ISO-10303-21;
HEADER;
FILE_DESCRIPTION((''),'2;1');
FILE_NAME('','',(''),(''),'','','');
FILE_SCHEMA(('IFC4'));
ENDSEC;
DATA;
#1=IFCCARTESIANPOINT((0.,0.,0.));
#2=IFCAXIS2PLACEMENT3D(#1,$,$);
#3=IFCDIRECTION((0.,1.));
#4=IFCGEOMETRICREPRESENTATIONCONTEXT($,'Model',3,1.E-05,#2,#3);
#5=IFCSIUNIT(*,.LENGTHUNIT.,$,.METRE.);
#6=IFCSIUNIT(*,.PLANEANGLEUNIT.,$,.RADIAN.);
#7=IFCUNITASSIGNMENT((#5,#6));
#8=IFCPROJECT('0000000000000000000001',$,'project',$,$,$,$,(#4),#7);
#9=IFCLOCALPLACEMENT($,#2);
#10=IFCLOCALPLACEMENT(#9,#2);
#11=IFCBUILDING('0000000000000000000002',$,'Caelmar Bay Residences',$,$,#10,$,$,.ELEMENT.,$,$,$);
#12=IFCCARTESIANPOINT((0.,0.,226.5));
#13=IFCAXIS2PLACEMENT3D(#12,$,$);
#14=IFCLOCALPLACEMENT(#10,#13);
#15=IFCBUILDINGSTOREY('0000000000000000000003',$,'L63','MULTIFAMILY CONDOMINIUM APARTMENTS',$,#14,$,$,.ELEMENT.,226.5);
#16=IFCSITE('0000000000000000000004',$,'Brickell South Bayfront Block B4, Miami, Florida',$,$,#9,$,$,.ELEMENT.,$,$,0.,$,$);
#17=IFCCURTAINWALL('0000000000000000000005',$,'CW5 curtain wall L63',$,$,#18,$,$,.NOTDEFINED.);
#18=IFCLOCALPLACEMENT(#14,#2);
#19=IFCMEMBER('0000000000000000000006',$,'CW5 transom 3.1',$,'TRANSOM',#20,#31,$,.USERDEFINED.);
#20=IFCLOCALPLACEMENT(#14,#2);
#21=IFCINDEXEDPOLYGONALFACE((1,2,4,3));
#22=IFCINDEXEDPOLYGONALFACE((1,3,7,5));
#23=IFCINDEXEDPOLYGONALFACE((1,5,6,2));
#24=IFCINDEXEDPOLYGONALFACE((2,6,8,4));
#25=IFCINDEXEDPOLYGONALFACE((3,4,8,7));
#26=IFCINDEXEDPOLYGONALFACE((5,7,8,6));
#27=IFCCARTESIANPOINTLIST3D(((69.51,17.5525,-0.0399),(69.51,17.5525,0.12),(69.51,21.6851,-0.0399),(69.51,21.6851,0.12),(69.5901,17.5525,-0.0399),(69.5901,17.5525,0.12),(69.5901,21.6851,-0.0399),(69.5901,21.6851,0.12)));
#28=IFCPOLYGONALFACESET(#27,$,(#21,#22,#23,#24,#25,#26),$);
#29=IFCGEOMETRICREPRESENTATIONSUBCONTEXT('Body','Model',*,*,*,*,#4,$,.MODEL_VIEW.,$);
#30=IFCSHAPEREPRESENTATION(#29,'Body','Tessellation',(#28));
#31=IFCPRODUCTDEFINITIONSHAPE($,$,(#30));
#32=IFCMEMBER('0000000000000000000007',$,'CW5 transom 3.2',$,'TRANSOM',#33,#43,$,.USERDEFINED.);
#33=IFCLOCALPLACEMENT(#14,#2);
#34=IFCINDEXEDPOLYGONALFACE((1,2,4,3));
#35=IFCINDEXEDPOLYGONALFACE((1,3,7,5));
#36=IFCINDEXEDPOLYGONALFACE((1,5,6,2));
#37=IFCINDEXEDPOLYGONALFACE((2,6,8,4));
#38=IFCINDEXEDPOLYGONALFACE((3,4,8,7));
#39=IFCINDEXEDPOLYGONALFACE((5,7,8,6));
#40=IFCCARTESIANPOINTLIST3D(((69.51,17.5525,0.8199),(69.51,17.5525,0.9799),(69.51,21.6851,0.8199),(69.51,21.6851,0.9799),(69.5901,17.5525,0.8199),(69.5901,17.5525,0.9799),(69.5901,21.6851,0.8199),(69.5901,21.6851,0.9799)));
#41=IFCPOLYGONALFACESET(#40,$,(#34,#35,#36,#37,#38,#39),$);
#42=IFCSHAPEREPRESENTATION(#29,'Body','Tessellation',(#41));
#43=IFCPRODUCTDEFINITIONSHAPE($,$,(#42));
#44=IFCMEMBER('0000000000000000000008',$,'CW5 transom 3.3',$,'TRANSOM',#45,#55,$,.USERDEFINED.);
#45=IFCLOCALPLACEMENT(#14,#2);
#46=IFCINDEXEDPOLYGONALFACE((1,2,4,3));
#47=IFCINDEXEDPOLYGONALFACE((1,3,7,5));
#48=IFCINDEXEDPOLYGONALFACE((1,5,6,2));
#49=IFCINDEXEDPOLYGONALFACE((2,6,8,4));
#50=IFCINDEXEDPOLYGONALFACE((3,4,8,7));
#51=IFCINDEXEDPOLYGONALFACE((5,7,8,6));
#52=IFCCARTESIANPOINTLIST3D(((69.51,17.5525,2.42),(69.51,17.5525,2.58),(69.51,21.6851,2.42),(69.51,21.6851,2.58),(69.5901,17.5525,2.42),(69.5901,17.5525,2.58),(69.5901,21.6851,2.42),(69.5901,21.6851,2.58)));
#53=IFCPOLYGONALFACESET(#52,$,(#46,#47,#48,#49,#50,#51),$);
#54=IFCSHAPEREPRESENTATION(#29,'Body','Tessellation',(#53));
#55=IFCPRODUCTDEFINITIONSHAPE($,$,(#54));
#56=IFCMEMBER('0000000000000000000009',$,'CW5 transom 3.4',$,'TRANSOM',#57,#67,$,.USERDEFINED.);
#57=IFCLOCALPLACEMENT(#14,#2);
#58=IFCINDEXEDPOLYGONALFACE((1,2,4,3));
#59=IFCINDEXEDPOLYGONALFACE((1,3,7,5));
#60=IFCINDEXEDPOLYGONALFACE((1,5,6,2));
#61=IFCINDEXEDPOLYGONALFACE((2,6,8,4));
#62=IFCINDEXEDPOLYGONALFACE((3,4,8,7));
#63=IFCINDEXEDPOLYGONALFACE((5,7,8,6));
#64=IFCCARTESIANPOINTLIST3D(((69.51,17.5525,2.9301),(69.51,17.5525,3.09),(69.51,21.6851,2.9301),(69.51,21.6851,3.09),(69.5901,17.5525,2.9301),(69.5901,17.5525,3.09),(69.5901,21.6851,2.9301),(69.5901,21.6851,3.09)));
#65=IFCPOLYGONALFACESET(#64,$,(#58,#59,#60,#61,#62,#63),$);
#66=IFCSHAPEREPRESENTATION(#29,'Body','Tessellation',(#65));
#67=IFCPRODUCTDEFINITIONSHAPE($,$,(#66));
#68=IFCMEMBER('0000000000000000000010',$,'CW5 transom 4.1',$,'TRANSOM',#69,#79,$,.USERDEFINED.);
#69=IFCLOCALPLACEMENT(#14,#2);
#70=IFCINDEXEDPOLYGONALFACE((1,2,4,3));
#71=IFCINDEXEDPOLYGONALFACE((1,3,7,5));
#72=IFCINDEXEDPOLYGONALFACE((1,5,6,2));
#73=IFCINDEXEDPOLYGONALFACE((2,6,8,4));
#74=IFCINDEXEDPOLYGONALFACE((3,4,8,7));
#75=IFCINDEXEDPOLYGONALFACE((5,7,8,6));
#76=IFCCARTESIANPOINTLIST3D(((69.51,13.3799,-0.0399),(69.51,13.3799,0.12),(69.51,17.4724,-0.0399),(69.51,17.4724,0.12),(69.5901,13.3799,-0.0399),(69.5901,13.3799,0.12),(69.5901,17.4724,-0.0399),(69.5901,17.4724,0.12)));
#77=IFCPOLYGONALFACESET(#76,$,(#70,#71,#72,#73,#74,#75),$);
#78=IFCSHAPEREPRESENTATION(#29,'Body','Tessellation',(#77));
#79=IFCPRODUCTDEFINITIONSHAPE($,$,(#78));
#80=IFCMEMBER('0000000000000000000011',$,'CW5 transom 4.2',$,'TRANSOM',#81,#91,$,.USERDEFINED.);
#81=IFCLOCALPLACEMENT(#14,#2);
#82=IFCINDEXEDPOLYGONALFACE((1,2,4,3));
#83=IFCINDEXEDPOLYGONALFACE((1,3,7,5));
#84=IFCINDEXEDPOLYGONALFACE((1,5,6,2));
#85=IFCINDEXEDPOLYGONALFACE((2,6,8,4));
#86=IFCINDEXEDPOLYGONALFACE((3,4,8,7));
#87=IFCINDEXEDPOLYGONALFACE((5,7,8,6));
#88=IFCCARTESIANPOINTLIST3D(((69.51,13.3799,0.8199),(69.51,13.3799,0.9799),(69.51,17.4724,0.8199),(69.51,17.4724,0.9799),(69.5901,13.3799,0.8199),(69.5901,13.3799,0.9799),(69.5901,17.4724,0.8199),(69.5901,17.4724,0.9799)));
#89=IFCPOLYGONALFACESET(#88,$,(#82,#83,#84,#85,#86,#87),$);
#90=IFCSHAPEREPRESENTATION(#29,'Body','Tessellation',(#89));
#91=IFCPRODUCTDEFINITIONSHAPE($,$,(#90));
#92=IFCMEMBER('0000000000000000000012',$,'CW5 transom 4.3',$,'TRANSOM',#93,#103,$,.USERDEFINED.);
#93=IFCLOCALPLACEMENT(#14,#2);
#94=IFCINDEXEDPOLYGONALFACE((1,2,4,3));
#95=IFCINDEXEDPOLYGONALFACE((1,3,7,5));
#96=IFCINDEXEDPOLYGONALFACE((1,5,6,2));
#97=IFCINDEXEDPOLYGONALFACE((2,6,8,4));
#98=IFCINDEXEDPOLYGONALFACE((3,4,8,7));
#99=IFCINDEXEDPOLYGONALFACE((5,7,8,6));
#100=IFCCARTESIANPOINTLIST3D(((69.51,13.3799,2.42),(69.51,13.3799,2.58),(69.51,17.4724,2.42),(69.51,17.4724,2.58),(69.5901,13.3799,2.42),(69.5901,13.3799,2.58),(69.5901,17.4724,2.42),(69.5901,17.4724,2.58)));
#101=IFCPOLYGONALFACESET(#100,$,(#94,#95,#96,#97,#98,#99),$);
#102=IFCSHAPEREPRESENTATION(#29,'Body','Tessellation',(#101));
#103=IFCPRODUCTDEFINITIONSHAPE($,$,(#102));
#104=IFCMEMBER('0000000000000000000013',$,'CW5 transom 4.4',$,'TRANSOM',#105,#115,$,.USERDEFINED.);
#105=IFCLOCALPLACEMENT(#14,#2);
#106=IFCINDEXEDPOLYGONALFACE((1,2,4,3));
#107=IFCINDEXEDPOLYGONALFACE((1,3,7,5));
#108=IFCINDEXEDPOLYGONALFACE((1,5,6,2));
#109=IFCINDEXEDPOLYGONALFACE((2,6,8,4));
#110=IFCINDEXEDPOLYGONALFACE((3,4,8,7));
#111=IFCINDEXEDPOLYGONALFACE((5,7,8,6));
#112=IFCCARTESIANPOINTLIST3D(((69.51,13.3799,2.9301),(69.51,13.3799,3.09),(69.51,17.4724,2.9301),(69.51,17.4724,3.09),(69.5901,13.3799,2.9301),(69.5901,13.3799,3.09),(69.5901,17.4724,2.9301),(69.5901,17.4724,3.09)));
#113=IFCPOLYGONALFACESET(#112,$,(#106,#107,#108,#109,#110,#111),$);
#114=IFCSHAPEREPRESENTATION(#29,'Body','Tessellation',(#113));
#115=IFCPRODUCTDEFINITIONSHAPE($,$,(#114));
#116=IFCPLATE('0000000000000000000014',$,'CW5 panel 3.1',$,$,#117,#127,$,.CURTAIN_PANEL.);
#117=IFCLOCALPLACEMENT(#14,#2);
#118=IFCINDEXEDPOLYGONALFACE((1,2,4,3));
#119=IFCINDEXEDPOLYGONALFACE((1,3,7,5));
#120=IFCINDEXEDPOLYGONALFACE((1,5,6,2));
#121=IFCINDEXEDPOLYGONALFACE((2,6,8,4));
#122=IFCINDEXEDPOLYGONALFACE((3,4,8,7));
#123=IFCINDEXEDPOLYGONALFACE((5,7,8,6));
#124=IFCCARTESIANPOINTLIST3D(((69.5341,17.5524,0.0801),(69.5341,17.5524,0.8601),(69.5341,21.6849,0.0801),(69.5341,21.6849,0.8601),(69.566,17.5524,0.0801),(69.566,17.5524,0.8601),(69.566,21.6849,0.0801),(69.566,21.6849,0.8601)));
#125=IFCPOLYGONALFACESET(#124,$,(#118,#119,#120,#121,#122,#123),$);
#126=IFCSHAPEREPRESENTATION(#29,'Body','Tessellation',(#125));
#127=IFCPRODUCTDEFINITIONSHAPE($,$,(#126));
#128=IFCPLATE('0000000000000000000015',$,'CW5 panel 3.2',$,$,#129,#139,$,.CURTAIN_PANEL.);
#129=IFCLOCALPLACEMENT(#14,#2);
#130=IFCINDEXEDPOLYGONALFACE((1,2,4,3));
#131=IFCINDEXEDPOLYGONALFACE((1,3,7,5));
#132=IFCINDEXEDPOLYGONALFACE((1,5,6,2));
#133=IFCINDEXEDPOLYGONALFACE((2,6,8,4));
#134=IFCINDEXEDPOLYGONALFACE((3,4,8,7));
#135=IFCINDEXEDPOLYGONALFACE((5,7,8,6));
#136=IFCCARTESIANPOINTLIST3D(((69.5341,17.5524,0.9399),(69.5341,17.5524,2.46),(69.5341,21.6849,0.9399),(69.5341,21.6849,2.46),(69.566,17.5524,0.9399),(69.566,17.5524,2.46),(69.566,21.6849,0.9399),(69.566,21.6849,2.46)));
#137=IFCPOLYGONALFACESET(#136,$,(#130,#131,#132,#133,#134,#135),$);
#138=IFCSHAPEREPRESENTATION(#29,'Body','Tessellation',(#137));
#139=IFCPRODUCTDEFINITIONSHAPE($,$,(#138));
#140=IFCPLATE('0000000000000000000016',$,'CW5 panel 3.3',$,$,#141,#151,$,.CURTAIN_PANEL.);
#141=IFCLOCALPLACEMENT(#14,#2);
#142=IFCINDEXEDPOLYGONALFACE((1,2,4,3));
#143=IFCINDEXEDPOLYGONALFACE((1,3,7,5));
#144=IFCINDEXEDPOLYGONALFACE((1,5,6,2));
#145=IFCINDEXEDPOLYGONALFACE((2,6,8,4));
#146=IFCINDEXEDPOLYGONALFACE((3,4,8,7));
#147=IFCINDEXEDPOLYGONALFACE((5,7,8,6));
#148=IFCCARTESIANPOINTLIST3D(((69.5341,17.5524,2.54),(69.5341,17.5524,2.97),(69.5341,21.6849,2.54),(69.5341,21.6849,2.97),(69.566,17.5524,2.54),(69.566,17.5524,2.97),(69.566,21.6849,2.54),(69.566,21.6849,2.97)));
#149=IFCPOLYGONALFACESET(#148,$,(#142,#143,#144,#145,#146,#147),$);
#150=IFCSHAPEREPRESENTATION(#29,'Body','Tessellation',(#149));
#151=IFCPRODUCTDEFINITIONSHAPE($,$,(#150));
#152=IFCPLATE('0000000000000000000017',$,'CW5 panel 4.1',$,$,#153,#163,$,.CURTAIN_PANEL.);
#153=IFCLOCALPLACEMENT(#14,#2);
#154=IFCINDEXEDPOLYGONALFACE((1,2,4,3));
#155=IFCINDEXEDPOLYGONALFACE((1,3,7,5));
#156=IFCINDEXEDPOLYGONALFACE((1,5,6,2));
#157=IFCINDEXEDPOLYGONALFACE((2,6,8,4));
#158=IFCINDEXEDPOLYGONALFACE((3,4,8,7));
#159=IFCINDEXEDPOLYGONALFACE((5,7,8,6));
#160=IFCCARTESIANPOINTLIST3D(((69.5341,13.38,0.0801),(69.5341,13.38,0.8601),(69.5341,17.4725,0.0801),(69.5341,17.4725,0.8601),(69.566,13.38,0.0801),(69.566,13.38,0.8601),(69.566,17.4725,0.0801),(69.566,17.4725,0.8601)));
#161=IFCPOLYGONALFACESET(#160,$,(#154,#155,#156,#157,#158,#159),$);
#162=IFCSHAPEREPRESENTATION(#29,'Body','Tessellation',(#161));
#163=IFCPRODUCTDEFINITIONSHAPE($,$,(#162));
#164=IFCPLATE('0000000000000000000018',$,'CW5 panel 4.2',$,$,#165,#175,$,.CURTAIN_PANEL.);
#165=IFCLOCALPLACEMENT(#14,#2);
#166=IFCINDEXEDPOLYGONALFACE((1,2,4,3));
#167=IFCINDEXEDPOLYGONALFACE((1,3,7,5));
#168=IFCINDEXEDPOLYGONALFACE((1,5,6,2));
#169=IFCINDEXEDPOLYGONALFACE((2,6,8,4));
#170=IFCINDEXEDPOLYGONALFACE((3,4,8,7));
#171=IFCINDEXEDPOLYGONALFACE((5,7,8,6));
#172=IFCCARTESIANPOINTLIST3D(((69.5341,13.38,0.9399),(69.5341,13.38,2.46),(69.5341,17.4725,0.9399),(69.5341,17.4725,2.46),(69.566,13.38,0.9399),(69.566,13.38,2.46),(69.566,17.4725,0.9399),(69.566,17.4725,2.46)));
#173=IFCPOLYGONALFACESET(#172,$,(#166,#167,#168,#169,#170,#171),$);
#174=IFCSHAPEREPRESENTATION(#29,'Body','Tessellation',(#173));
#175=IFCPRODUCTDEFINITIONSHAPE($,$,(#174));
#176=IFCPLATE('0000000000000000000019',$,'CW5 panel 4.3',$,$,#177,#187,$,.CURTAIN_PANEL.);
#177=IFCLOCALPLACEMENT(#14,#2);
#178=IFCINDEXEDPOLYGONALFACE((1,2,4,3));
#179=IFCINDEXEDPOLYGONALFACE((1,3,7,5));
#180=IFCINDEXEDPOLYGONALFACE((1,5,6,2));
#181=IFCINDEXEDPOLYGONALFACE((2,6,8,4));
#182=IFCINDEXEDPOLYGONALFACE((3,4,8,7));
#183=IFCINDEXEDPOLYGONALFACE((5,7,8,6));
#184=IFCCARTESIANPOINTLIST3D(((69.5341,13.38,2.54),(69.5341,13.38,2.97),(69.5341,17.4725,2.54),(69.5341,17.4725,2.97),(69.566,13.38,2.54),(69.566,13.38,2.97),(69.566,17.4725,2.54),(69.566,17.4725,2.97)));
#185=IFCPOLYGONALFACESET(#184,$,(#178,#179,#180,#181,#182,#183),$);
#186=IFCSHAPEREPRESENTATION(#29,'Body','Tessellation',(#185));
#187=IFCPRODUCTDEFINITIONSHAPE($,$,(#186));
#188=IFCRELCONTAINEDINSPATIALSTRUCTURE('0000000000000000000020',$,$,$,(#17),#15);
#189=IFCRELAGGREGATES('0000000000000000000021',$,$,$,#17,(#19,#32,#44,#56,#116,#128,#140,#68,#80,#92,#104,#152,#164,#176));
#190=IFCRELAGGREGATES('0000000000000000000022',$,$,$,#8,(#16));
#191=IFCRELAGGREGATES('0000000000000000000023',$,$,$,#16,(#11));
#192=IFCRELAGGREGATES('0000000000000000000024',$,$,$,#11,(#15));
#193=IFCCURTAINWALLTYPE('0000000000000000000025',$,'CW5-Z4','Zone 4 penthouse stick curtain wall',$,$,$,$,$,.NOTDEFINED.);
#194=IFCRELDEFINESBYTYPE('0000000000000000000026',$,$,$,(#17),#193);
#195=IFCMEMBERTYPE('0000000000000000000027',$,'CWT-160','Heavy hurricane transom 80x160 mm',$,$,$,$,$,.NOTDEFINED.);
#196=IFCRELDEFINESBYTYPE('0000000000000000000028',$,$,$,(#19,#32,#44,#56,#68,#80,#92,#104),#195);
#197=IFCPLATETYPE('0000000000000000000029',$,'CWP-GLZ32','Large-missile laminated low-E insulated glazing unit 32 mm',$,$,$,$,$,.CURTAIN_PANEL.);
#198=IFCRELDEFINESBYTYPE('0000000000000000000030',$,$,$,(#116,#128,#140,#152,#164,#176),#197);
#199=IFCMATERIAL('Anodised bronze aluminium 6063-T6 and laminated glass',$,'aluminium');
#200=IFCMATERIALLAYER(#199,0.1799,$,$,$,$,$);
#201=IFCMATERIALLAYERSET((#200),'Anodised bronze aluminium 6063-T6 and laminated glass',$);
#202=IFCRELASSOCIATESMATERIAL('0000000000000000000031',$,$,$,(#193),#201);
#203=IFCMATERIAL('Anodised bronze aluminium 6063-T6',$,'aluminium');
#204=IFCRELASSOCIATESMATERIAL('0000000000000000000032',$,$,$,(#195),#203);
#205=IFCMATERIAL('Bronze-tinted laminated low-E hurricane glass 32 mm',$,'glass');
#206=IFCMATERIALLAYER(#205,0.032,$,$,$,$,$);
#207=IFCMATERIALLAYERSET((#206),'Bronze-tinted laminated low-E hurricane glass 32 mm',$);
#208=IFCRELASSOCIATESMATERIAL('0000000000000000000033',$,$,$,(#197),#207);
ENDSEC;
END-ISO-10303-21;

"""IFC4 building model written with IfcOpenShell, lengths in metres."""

from ifc_helpers import new_model, si_unit, direction, frame, origin, origin_2d, place, context, subcontext, project, spatial, rectangle, extrude, material, layer, layer_set, material_profile, profile_set, type_object, element, aggregate, save


model = new_model("IFC4")

# Units and contexts
model_context = context("Model", 3, precision=1e-05, world=origin(), true_north=direction((0.0, 1.0)))
body_context = subcontext(model_context, "Body", "Model", "MODEL_VIEW")
ifc_project = project(units=[si_unit("LENGTHUNIT", "METRE"), si_unit("PLANEANGLEUNIT", "RADIAN")], contexts=[model_context])

# Site, building, storey
site_placement = place(None, origin())
site = spatial("IfcSite", under=ifc_project, at=site_placement, Name="Brickell South Bayfront Block B4, Miami, Florida", CompositionType="ELEMENT", RefElevation=0.0)
building_placement = place(site_placement, origin())
building = spatial("IfcBuilding", under=site, at=building_placement, Name="Caelmar Bay Residences", CompositionType="ELEMENT")
storey_placement = place(building_placement, frame((0.0, 0.0, 226.5)))
storey = spatial("IfcBuildingStorey", under=building, at=storey_placement, Name="L63", Description="MULTIFAMILY CONDOMINIUM APARTMENTS", CompositionType="ELEMENT", Elevation=226.5)

# Curtain wall, members, plates
ifc_material_1 = material(Name="Anodised bronze aluminium 6063-T6 and laminated glass", Category="aluminium")
ifc_layer_1 = layer(ifc_material_1, 0.1799)
ifc_layer_set_1 = layer_set([ifc_layer_1], Name="Anodised bronze aluminium 6063-T6 and laminated glass")
curtain_wall_type = type_object("IfcCurtainWallType", Name="CW5-Z4", Description="Zone 4 penthouse stick curtain wall", PredefinedType="NOTDEFINED", material=ifc_layer_set_1)
curtain_wall_placement = place(storey_placement, origin())
curtain_wall = element("IfcCurtainWall", 1, at=curtain_wall_placement, inside=storey, type_object=curtain_wall_type, Name="CW5 curtain wall L63", PredefinedType="NOTDEFINED")
ifc_material_2 = material(Name="Anodised bronze aluminium 6063-T6", Category="aluminium")
ifc_material_profile_1 = material_profile(ifc_material_2, rectangle(XDim=0.0801, YDim=0.1599, at=origin_2d()), Name="CWT-80X160")
ifc_profile_set_1 = profile_set([ifc_material_profile_1], Name="Anodised bronze aluminium 6063-T6")
member_type_1 = type_object("IfcMemberType", Name="CWT-160", Description="Heavy hurricane transom 80x160 mm", PredefinedType="NOTDEFINED", material=ifc_profile_set_1)
member_1_placement = place(storey_placement, frame((69.55, 21.6851, 0.04), z_axis=(0.0, -1.0, 0.0), x_axis=(1.0, 0.0, 0.0)))
member_1 = element("IfcMember", 2, at=member_1_placement, type_object=member_type_1, Name="CW5 transom 3.1", ObjectType="TRANSOM", PredefinedType="USERDEFINED", context=body_context, shape_type="SweptSolid", body=[
    extrude(rectangle(XDim=0.0801, YDim=0.1599, at=origin_2d()), origin(), (0.0, 0.0, 1.0), 4.1326),
])
member_2_placement = place(storey_placement, frame((69.55, 21.6851, 0.8999), z_axis=(0.0, -1.0, 0.0), x_axis=(1.0, 0.0, 0.0)))
member_2 = element("IfcMember", 3, at=member_2_placement, type_object=member_type_1, Name="CW5 transom 3.2", ObjectType="TRANSOM", PredefinedType="USERDEFINED", context=body_context, shape_type="SweptSolid", body=[
    extrude(rectangle(XDim=0.0801, YDim=0.1599, at=origin_2d()), origin(), (0.0, 0.0, 1.0), 4.1326),
])
member_3_placement = place(storey_placement, frame((69.55, 21.6851, 2.5), z_axis=(0.0, -1.0, 0.0), x_axis=(1.0, 0.0, 0.0)))
member_3 = element("IfcMember", 4, at=member_3_placement, type_object=member_type_1, Name="CW5 transom 3.3", ObjectType="TRANSOM", PredefinedType="USERDEFINED", context=body_context, shape_type="SweptSolid", body=[
    extrude(rectangle(XDim=0.0801, YDim=0.1599, at=origin_2d()), origin(), (0.0, 0.0, 1.0), 4.1326),
])
member_4_placement = place(storey_placement, frame((69.55, 21.6851, 3.01), z_axis=(0.0, -1.0, 0.0), x_axis=(1.0, 0.0, 0.0)))
member_4 = element("IfcMember", 5, at=member_4_placement, type_object=member_type_1, Name="CW5 transom 3.4", ObjectType="TRANSOM", PredefinedType="USERDEFINED", context=body_context, shape_type="SweptSolid", body=[
    extrude(rectangle(XDim=0.0801, YDim=0.1599, at=origin_2d()), origin(), (0.0, 0.0, 1.0), 4.1326),
])
member_5_placement = place(storey_placement, frame((69.55, 17.4724, 0.04), z_axis=(0.0, -1.0, 0.0), x_axis=(1.0, 0.0, 0.0)))
member_5 = element("IfcMember", 6, at=member_5_placement, type_object=member_type_1, Name="CW5 transom 4.1", ObjectType="TRANSOM", PredefinedType="USERDEFINED", context=body_context, shape_type="SweptSolid", body=[
    extrude(rectangle(XDim=0.0801, YDim=0.1599, at=origin_2d()), origin(), (0.0, 0.0, 1.0), 4.0925),
])
member_6_placement = place(storey_placement, frame((69.55, 17.4724, 0.8999), z_axis=(0.0, -1.0, 0.0), x_axis=(1.0, 0.0, 0.0)))
member_6 = element("IfcMember", 7, at=member_6_placement, type_object=member_type_1, Name="CW5 transom 4.2", ObjectType="TRANSOM", PredefinedType="USERDEFINED", context=body_context, shape_type="SweptSolid", body=[
    extrude(rectangle(XDim=0.0801, YDim=0.1599, at=origin_2d()), origin(), (0.0, 0.0, 1.0), 4.0925),
])
member_7_placement = place(storey_placement, frame((69.55, 17.4724, 2.5), z_axis=(0.0, -1.0, 0.0), x_axis=(1.0, 0.0, 0.0)))
member_7 = element("IfcMember", 8, at=member_7_placement, type_object=member_type_1, Name="CW5 transom 4.3", ObjectType="TRANSOM", PredefinedType="USERDEFINED", context=body_context, shape_type="SweptSolid", body=[
    extrude(rectangle(XDim=0.0801, YDim=0.1599, at=origin_2d()), origin(), (0.0, 0.0, 1.0), 4.0925),
])
member_8_placement = place(storey_placement, frame((69.55, 17.4724, 3.01), z_axis=(0.0, -1.0, 0.0), x_axis=(1.0, 0.0, 0.0)))
member_8 = element("IfcMember", 9, at=member_8_placement, type_object=member_type_1, Name="CW5 transom 4.4", ObjectType="TRANSOM", PredefinedType="USERDEFINED", context=body_context, shape_type="SweptSolid", body=[
    extrude(rectangle(XDim=0.0801, YDim=0.1599, at=origin_2d()), origin(), (0.0, 0.0, 1.0), 4.0925),
])
ifc_material_3 = material(Name="Bronze-tinted laminated low-E hurricane glass 32 mm", Category="glass")
ifc_layer_2 = layer(ifc_material_3, 0.032)
ifc_layer_set_2 = layer_set([ifc_layer_2], Name="Bronze-tinted laminated low-E hurricane glass 32 mm")
plate_type = type_object("IfcPlateType", Name="CWP-GLZ32", Description="Large-missile laminated low-E insulated glazing unit 32 mm", PredefinedType="CURTAIN_PANEL", material=ifc_layer_set_2)
plate_1_placement = place(storey_placement, frame((69.55, 19.6187, 0.0801), z_axis=(0.0, 0.0, 1.0), x_axis=(0.0, -1.0, 0.0)))
plate_1 = element("IfcPlate", 10, at=plate_1_placement, type_object=plate_type, Name="CW5 panel 3.1", PredefinedType="CURTAIN_PANEL", context=body_context, shape_type="SweptSolid", body=[
    extrude(rectangle(XDim=4.1326, YDim=0.032, at=origin_2d()), origin(), (0.0, 0.0, 1.0), 0.78),
])
plate_2_placement = place(storey_placement, frame((69.55, 19.6187, 0.9399), z_axis=(0.0, 0.0, 1.0), x_axis=(0.0, -1.0, 0.0)))
plate_2 = element("IfcPlate", 11, at=plate_2_placement, type_object=plate_type, Name="CW5 panel 3.2", PredefinedType="CURTAIN_PANEL", context=body_context, shape_type="SweptSolid", body=[
    extrude(rectangle(XDim=4.1326, YDim=0.032, at=origin_2d()), origin(), (0.0, 0.0, 1.0), 1.52),
])
plate_3_placement = place(storey_placement, frame((69.55, 19.6187, 2.54), z_axis=(0.0, 0.0, 1.0), x_axis=(0.0, -1.0, 0.0)))
plate_3 = element("IfcPlate", 12, at=plate_3_placement, type_object=plate_type, Name="CW5 panel 3.3", PredefinedType="CURTAIN_PANEL", context=body_context, shape_type="SweptSolid", body=[
    extrude(rectangle(XDim=4.1326, YDim=0.032, at=origin_2d()), origin(), (0.0, 0.0, 1.0), 0.4299),
])
plate_4_placement = place(storey_placement, frame((69.55, 15.4263, 0.0801), z_axis=(0.0, 0.0, 1.0), x_axis=(0.0, -1.0, 0.0)))
plate_4 = element("IfcPlate", 13, at=plate_4_placement, type_object=plate_type, Name="CW5 panel 4.1", PredefinedType="CURTAIN_PANEL", context=body_context, shape_type="SweptSolid", body=[
    extrude(rectangle(XDim=4.0925, YDim=0.032, at=origin_2d()), origin(), (0.0, 0.0, 1.0), 0.78),
])
plate_5_placement = place(storey_placement, frame((69.55, 15.4263, 0.9399), z_axis=(0.0, 0.0, 1.0), x_axis=(0.0, -1.0, 0.0)))
plate_5 = element("IfcPlate", 14, at=plate_5_placement, type_object=plate_type, Name="CW5 panel 4.2", PredefinedType="CURTAIN_PANEL", context=body_context, shape_type="SweptSolid", body=[
    extrude(rectangle(XDim=4.0925, YDim=0.032, at=origin_2d()), origin(), (0.0, 0.0, 1.0), 1.52),
])
plate_6_placement = place(storey_placement, frame((69.55, 15.4263, 2.54), z_axis=(0.0, 0.0, 1.0), x_axis=(0.0, -1.0, 0.0)))
plate_6 = element("IfcPlate", 15, at=plate_6_placement, type_object=plate_type, Name="CW5 panel 4.3", PredefinedType="CURTAIN_PANEL", context=body_context, shape_type="SweptSolid", body=[
    extrude(rectangle(XDim=4.0925, YDim=0.032, at=origin_2d()), origin(), (0.0, 0.0, 1.0), 0.4299),
])
aggregate(curtain_wall, [member_1, member_2, member_3, member_4, plate_1, plate_2, plate_3, member_5, member_6, member_7, member_8, plate_4, plate_5, plate_6])

save(model, "model.ifc")
